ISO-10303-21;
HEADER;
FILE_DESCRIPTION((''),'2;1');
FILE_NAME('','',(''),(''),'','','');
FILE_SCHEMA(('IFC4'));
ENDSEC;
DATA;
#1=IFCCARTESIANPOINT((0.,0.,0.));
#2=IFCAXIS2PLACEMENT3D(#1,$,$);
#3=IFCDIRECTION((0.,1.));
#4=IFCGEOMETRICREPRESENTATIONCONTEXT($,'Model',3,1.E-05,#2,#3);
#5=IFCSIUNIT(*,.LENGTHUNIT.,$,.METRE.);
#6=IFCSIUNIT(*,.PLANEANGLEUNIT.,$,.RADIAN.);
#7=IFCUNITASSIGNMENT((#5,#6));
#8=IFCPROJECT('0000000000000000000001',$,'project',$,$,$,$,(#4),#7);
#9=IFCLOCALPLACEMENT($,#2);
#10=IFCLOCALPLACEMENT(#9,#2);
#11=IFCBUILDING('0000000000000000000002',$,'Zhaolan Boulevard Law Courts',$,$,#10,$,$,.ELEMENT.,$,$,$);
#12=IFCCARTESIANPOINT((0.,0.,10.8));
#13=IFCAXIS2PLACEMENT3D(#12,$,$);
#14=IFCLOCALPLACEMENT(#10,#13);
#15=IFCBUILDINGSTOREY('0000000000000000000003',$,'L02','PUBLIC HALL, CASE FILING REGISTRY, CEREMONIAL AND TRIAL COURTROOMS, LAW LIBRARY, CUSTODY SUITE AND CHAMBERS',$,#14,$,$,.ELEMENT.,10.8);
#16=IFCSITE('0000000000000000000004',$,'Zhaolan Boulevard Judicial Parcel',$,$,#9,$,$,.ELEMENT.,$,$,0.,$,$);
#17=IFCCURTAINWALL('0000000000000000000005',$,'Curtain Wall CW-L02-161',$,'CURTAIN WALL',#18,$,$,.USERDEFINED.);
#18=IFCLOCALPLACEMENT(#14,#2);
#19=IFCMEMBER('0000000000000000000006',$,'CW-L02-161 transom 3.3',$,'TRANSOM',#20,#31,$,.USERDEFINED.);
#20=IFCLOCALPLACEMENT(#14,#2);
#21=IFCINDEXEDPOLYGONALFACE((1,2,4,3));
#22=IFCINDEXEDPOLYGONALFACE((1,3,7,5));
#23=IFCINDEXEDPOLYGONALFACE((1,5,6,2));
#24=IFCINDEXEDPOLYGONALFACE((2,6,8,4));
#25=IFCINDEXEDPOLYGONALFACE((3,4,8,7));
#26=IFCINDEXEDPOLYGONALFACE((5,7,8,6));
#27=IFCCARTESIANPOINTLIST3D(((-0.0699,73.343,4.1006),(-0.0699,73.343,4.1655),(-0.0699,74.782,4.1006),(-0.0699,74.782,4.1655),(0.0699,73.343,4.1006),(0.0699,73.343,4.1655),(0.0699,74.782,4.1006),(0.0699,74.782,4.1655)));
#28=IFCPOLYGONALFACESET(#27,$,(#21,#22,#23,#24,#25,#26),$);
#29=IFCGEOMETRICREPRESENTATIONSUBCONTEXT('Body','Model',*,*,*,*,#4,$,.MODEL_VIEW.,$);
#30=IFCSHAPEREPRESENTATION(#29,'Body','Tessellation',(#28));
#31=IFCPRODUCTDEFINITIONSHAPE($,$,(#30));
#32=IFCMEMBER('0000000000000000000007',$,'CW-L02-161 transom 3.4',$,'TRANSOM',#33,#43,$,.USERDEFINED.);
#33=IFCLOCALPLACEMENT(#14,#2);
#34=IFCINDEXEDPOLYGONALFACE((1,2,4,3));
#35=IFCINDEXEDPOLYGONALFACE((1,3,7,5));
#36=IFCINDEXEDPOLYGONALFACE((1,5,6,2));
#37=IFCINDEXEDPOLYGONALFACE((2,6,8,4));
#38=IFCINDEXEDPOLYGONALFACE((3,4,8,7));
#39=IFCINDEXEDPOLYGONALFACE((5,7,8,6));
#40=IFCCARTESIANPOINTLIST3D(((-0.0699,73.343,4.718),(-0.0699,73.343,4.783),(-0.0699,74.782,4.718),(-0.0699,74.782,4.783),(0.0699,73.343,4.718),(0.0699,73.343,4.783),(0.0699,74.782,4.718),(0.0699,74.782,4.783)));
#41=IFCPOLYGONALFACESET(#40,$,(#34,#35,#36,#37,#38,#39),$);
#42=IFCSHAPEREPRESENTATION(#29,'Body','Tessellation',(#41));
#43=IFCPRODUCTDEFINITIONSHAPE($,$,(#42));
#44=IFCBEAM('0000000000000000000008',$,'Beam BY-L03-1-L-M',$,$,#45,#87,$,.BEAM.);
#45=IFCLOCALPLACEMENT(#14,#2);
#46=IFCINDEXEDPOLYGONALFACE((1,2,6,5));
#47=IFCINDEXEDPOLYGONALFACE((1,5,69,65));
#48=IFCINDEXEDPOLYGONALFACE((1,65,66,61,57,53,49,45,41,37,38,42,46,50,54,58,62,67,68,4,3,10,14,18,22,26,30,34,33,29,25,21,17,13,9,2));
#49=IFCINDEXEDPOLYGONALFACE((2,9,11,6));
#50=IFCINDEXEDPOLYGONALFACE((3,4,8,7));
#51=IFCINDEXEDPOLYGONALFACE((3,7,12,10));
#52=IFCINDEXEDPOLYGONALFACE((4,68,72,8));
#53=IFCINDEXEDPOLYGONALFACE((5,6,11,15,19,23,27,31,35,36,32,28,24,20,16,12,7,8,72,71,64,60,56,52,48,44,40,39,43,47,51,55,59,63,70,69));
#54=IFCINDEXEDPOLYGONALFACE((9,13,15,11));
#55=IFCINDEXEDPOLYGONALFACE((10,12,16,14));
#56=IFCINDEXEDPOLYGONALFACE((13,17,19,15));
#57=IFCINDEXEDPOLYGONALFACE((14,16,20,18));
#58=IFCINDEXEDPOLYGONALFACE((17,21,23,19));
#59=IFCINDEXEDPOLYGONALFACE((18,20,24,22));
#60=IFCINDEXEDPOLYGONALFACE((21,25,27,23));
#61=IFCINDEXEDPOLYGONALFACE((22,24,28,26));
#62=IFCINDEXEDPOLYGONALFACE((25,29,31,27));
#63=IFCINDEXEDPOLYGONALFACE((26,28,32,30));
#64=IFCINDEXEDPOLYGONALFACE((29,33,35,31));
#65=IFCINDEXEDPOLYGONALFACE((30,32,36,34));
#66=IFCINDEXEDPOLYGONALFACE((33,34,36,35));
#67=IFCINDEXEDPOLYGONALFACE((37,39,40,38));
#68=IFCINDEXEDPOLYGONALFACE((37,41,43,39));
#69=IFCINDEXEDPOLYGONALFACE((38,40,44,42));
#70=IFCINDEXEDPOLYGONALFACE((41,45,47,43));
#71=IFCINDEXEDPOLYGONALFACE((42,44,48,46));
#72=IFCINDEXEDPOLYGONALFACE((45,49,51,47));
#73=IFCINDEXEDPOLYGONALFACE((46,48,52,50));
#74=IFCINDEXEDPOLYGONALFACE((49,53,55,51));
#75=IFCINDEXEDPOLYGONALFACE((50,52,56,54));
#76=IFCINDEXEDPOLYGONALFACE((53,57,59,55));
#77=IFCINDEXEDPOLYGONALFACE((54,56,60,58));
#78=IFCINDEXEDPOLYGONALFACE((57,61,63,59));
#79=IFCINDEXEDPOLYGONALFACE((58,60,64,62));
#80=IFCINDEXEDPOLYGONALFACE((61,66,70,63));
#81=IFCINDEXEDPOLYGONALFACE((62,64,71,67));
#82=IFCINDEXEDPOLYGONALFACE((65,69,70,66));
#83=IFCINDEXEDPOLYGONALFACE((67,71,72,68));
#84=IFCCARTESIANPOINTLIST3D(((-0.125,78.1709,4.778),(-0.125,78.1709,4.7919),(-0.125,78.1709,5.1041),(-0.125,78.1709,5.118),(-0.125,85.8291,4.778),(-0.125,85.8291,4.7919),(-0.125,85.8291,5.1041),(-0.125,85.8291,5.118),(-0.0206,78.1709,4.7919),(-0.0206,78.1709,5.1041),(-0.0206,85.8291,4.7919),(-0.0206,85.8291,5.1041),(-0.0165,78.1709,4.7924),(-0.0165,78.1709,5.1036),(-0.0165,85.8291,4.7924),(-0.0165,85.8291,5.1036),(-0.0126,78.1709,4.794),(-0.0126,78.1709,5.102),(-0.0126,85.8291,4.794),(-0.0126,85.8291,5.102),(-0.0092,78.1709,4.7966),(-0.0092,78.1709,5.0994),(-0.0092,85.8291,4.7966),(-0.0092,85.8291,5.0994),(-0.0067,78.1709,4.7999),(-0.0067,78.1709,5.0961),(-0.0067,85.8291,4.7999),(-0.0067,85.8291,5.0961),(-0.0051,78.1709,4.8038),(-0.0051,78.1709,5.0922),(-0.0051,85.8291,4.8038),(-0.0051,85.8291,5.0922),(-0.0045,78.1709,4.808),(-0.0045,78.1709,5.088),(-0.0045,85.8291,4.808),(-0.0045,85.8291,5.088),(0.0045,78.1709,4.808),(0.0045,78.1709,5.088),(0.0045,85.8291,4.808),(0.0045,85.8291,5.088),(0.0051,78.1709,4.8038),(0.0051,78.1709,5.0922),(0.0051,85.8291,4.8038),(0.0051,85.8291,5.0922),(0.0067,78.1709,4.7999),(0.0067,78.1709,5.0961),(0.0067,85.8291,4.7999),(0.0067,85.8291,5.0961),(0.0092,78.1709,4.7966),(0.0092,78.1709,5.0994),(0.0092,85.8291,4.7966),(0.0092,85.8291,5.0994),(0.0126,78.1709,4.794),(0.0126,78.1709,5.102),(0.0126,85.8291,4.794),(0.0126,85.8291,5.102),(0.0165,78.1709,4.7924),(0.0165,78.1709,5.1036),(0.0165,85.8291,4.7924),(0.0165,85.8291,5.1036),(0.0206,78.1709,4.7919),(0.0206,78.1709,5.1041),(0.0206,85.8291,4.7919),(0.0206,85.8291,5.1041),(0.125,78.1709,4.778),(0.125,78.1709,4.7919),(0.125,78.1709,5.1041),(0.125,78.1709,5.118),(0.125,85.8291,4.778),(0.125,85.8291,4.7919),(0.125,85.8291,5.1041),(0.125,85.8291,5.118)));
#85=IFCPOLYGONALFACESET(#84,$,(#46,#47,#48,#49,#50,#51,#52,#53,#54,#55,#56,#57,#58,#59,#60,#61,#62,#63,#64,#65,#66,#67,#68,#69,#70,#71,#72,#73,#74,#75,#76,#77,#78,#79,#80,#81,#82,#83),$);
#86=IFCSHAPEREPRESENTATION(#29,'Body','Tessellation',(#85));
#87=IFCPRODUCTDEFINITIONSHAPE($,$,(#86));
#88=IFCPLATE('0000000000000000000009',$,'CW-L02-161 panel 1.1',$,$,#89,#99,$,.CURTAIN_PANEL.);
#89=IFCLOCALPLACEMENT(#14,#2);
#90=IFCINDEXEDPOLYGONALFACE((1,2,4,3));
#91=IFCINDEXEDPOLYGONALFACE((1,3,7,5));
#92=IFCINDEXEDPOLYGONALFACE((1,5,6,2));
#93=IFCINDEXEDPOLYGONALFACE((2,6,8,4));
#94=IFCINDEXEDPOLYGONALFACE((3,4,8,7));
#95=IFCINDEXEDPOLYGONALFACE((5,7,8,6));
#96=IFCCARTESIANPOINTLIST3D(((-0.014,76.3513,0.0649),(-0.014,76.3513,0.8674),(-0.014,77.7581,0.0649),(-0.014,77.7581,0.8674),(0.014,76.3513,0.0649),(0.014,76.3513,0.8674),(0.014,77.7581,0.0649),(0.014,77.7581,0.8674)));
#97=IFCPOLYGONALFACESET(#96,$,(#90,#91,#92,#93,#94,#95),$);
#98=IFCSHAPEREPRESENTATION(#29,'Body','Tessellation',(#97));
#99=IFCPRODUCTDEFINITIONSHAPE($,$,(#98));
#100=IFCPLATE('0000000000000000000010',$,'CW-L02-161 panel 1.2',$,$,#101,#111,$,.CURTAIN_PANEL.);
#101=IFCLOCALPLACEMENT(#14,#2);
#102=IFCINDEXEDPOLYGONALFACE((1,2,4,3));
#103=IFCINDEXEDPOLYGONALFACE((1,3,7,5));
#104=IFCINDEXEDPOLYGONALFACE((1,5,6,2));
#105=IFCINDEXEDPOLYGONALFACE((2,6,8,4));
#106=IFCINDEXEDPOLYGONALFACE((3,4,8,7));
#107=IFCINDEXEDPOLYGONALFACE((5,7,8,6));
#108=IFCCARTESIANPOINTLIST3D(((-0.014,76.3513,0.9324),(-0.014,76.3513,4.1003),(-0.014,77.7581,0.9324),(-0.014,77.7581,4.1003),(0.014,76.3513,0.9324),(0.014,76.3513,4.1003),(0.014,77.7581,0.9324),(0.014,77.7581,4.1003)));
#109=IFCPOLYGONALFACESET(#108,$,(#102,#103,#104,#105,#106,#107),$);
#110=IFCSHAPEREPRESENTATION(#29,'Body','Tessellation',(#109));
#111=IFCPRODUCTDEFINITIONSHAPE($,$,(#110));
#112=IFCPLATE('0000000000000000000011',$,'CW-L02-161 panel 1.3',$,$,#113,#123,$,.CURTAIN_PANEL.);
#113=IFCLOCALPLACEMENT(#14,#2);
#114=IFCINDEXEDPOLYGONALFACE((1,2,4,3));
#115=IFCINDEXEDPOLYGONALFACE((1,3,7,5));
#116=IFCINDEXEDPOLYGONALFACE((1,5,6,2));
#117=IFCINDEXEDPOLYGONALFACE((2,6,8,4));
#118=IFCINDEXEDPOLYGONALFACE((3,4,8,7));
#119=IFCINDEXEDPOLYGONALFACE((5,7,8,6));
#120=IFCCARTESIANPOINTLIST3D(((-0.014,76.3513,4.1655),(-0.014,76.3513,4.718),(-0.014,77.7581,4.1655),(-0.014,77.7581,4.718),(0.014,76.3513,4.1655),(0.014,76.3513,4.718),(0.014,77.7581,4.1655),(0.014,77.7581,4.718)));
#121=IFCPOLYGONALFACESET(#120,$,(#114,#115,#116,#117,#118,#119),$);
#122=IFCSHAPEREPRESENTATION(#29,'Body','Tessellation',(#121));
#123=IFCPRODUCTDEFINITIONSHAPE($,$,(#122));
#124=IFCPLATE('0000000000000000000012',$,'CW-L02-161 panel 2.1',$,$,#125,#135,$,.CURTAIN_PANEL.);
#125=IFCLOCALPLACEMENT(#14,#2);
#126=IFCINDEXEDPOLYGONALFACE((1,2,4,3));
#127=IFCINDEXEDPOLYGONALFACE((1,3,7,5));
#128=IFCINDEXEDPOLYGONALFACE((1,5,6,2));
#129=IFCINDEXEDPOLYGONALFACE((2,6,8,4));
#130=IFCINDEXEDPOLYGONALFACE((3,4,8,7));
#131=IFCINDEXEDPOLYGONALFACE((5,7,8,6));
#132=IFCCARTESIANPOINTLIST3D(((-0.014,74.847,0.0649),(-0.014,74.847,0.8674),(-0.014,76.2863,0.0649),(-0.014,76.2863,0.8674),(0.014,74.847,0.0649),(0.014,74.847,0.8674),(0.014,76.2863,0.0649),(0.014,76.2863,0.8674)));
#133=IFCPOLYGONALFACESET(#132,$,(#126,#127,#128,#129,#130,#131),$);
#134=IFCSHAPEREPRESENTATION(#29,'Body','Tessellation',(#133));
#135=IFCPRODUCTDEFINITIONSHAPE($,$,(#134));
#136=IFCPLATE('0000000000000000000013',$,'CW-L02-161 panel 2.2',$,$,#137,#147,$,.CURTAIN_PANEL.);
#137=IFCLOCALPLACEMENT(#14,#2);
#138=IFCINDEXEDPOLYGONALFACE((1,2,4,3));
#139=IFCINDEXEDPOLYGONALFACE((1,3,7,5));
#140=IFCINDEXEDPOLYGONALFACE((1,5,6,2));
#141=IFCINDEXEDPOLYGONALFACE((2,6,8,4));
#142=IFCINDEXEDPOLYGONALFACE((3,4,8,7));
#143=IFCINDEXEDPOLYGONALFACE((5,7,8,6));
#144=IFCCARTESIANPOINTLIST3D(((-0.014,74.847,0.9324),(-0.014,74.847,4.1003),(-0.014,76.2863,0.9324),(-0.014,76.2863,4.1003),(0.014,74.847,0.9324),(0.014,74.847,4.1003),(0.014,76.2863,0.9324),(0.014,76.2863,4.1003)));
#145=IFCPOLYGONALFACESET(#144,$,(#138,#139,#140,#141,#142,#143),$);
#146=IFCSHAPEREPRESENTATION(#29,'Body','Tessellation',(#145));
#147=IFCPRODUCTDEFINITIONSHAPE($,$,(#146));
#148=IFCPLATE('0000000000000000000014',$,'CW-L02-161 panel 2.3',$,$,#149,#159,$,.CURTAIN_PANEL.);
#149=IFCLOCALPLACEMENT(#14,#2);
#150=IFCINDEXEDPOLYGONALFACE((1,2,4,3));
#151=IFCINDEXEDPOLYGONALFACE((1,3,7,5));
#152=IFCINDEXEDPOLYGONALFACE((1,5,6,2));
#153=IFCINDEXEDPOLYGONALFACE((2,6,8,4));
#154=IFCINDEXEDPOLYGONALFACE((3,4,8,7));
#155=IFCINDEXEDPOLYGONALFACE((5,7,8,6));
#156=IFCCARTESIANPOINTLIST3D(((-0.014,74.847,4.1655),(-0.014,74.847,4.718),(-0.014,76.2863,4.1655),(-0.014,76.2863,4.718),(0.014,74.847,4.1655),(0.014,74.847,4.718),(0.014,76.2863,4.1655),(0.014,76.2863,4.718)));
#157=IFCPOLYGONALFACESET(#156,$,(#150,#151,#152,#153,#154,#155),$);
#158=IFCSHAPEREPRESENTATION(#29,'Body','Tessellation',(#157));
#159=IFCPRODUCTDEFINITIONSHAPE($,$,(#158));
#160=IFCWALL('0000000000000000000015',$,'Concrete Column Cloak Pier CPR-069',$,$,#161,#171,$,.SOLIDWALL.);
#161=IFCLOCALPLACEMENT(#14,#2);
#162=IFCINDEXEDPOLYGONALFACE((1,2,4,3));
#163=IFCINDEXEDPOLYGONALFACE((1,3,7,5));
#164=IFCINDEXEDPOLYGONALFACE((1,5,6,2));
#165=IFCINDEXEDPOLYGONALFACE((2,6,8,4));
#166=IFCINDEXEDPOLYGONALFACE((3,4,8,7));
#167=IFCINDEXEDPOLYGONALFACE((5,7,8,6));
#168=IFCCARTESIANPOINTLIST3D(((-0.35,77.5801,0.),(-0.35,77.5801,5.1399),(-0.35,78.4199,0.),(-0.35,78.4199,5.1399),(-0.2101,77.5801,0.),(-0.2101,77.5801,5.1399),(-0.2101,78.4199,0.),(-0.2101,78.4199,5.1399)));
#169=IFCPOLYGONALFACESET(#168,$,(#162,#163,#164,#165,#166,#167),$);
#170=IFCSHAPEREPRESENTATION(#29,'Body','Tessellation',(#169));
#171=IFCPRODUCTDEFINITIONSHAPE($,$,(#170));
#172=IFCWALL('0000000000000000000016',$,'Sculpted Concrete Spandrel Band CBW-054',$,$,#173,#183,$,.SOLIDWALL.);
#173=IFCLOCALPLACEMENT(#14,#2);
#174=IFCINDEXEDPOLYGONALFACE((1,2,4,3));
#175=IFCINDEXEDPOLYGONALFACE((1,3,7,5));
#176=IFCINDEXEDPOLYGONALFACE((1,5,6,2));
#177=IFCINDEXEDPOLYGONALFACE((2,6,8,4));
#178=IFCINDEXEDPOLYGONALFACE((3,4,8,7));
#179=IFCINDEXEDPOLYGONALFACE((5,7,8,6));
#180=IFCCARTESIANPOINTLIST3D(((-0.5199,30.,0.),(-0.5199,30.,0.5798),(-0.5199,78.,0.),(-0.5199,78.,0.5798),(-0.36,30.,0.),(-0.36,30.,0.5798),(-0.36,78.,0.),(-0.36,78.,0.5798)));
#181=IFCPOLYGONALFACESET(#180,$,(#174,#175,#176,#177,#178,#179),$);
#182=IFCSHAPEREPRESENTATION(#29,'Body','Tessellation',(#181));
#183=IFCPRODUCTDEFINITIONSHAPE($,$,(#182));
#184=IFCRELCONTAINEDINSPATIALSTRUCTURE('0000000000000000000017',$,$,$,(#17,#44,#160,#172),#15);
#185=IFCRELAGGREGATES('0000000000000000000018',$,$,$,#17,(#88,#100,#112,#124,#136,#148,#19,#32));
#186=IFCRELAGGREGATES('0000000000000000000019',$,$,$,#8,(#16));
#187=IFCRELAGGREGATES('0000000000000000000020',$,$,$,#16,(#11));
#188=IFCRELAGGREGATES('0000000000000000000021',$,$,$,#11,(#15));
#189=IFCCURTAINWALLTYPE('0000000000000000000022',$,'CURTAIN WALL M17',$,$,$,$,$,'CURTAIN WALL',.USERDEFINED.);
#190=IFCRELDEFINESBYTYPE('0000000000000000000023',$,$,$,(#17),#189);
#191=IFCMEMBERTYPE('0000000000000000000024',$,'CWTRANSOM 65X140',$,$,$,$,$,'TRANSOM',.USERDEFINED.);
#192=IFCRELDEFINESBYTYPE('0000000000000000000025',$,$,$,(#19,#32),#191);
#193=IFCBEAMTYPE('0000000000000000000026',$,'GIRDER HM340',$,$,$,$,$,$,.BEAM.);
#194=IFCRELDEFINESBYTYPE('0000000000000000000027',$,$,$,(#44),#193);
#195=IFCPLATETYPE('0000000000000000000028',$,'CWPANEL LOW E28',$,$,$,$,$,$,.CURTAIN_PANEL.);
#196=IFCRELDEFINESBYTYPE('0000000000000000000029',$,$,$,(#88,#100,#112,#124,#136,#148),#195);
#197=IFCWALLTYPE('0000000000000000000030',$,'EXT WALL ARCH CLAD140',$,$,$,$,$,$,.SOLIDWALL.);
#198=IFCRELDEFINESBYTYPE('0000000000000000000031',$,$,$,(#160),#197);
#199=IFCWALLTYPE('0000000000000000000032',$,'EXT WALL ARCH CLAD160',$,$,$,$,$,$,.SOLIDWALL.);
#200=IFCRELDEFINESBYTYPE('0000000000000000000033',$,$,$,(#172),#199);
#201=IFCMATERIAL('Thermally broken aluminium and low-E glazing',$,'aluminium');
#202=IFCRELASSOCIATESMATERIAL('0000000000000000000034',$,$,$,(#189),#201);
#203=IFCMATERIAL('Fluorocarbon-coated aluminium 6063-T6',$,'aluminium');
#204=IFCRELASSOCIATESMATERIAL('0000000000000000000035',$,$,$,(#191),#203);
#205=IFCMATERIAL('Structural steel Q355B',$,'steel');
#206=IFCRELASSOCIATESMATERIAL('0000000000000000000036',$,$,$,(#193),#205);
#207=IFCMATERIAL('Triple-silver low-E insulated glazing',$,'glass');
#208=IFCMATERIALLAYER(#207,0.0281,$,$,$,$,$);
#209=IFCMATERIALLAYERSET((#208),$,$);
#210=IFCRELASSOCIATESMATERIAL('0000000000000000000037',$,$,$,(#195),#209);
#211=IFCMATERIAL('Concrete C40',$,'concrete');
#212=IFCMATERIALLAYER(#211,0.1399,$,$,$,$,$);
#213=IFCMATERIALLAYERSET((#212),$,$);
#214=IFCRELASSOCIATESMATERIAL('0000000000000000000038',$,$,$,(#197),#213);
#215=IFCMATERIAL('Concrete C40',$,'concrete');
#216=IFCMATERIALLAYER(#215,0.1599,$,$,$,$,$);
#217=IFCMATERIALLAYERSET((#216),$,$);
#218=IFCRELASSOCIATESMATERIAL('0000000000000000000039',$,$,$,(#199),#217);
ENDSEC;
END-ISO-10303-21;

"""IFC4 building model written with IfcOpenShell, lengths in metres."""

from ifc_helpers import new_model, si_unit, direction, frame, frame_2d, origin, origin_2d, place, context, subcontext, project, spatial, rectangle, i_section, extrude, material, layer, layer_set, material_profile, profile_set, type_object, element, aggregate, save


model = new_model("IFC4")

# Units and contexts
model_context = context("Model", 3, precision=1e-05, world=origin(), true_north=direction((0.0, 1.0)))
body_context = subcontext(model_context, "Body", "Model", "MODEL_VIEW")
ifc_project = project(units=[si_unit("LENGTHUNIT", "METRE"), si_unit("PLANEANGLEUNIT", "RADIAN")], contexts=[model_context])

# Site, building, storey
site_placement = place(None, origin())
site = spatial("IfcSite", under=ifc_project, at=site_placement, Name="Zhaolan Boulevard Judicial Parcel", CompositionType="ELEMENT", RefElevation=0.0)
building_placement = place(site_placement, origin())
building = spatial("IfcBuilding", under=site, at=building_placement, Name="Zhaolan Boulevard Law Courts", CompositionType="ELEMENT")
storey_placement = place(building_placement, frame((0.0, 0.0, 10.8)))
storey = spatial("IfcBuildingStorey", under=building, at=storey_placement, Name="L02", Description="PUBLIC HALL, CASE FILING REGISTRY, CEREMONIAL AND TRIAL COURTROOMS, LAW LIBRARY, CUSTODY SUITE AND CHAMBERS", CompositionType="ELEMENT", Elevation=10.8)

# Curtain wall, members
ifc_material_1 = material(Name="Thermally broken aluminium and low-E glazing", Category="aluminium")
curtain_wall_type = type_object("IfcCurtainWallType", Name="CURTAIN WALL M17", ElementType="CURTAIN WALL", PredefinedType="USERDEFINED", material=ifc_material_1)
curtain_wall_placement = place(storey_placement, origin())
curtain_wall = element("IfcCurtainWall", 1, at=curtain_wall_placement, inside=storey, type_object=curtain_wall_type, Name="Curtain Wall CW-L02-161", ObjectType="CURTAIN WALL", PredefinedType="USERDEFINED")
ifc_material_2 = material(Name="Fluorocarbon-coated aluminium 6063-T6", Category="aluminium")
ifc_material_profile_1 = material_profile(ifc_material_2, rectangle(XDim=0.1399, YDim=0.0649, at=origin_2d()), Name="AL65x140")
ifc_profile_set_1 = profile_set([ifc_material_profile_1], Name="Fluorocarbon-coated aluminium 6063-T6")
member_type_1 = type_object("IfcMemberType", Name="CWTRANSOM 65X140", ElementType="TRANSOM", PredefinedType="USERDEFINED", material=ifc_profile_set_1)
member_1_placement = place(storey_placement, frame((0.0, 74.782, 4.1331), z_axis=(0.0, -1.0, 0.0), x_axis=(1.0, 0.0, 0.0)))
member_1 = element("IfcMember", 2, at=member_1_placement, type_object=member_type_1, Name="CW-L02-161 transom 3.3", ObjectType="TRANSOM", PredefinedType="USERDEFINED", context=body_context, shape_type="SweptSolid", body=[
    extrude(rectangle(XDim=0.1399, YDim=0.0649, at=origin_2d()), origin(), (0.0, 0.0, 1.0), 1.439),
])
member_2_placement = place(storey_placement, frame((0.0, 74.782, 4.7505), z_axis=(0.0, -1.0, 0.0), x_axis=(1.0, 0.0, 0.0)))
member_2 = element("IfcMember", 3, at=member_2_placement, type_object=member_type_1, Name="CW-L02-161 transom 3.4", ObjectType="TRANSOM", PredefinedType="USERDEFINED", context=body_context, shape_type="SweptSolid", body=[
    extrude(rectangle(XDim=0.1399, YDim=0.0649, at=origin_2d()), origin(), (0.0, 0.0, 1.0), 1.439),
])

# Beam
ifc_material_3 = material(Name="Structural steel Q355B", Category="steel")
ifc_material_profile_2 = material_profile(ifc_material_3, i_section(OverallWidth=0.25, OverallDepth=0.3401, WebThickness=0.009, FlangeThickness=0.0139, FilletRadius=0.0161, at=origin_2d()), Name="HM340x250")
ifc_profile_set_2 = profile_set([ifc_material_profile_2], Name="Structural steel Q355B")
beam_type = type_object("IfcBeamType", Name="GIRDER HM340", PredefinedType="BEAM", material=ifc_profile_set_2)
beam_placement = place(storey_placement, frame((0.0, 78.1709, 4.948), z_axis=(0.0, 1.0, 0.0), x_axis=(-1.0, 0.0, 0.0)))
element("IfcBeam", 4, at=beam_placement, inside=storey, type_object=beam_type, Name="Beam BY-L03-1-L-M", PredefinedType="BEAM", context=body_context, shape_type="SweptSolid", body=[
    extrude(i_section(OverallWidth=0.25, OverallDepth=0.3401, WebThickness=0.009, FlangeThickness=0.0139, FilletRadius=0.0161, at=origin_2d()), origin(), (0.0, 0.0, 1.0), 7.6582),
])

# Plates
ifc_material_4 = material(Name="Triple-silver low-E insulated glazing", Category="glass")
ifc_layer_1 = layer(ifc_material_4, 0.0281)
ifc_layer_set_1 = layer_set([ifc_layer_1])
plate_type = type_object("IfcPlateType", Name="CWPANEL LOW E28", PredefinedType="CURTAIN_PANEL", material=ifc_layer_set_1)
plate_1_placement = place(storey_placement, frame((0.0, 77.0547, 0.0649), z_axis=(0.0, 0.0, 1.0), x_axis=(0.0, -1.0, 0.0)))
plate_1 = element("IfcPlate", 5, at=plate_1_placement, type_object=plate_type, Name="CW-L02-161 panel 1.1", PredefinedType="CURTAIN_PANEL", context=body_context, shape_type="SweptSolid", body=[
    extrude(rectangle(XDim=1.4067, YDim=0.0281, at=origin_2d()), origin(), (0.0, 0.0, 1.0), 0.8025),
])
plate_2_placement = place(storey_placement, frame((0.0, 77.0547, 0.9324), z_axis=(0.0, 0.0, 1.0), x_axis=(0.0, -1.0, 0.0)))
plate_2 = element("IfcPlate", 6, at=plate_2_placement, type_object=plate_type, Name="CW-L02-161 panel 1.2", PredefinedType="CURTAIN_PANEL", context=body_context, shape_type="SweptSolid", body=[
    extrude(rectangle(XDim=1.4067, YDim=0.0281, at=origin_2d()), origin(), (0.0, 0.0, 1.0), 3.168),
])
plate_3_placement = place(storey_placement, frame((0.0, 77.0547, 4.1655), z_axis=(0.0, 0.0, 1.0), x_axis=(0.0, -1.0, 0.0)))
plate_3 = element("IfcPlate", 7, at=plate_3_placement, type_object=plate_type, Name="CW-L02-161 panel 1.3", PredefinedType="CURTAIN_PANEL", context=body_context, shape_type="SweptSolid", body=[
    extrude(rectangle(XDim=1.4067, YDim=0.0281, at=origin_2d()), origin(), (0.0, 0.0, 1.0), 0.5525),
])
plate_4_placement = place(storey_placement, frame((0.0, 75.5667, 0.0649), z_axis=(0.0, 0.0, 1.0), x_axis=(0.0, -1.0, 0.0)))
plate_4 = element("IfcPlate", 8, at=plate_4_placement, type_object=plate_type, Name="CW-L02-161 panel 2.1", PredefinedType="CURTAIN_PANEL", context=body_context, shape_type="SweptSolid", body=[
    extrude(rectangle(XDim=1.4392, YDim=0.0281, at=origin_2d()), origin(), (0.0, 0.0, 1.0), 0.8025),
])
plate_5_placement = place(storey_placement, frame((0.0, 75.5667, 0.9324), z_axis=(0.0, 0.0, 1.0), x_axis=(0.0, -1.0, 0.0)))
plate_5 = element("IfcPlate", 9, at=plate_5_placement, type_object=plate_type, Name="CW-L02-161 panel 2.2", PredefinedType="CURTAIN_PANEL", context=body_context, shape_type="SweptSolid", body=[
    extrude(rectangle(XDim=1.4392, YDim=0.0281, at=origin_2d()), origin(), (0.0, 0.0, 1.0), 3.168),
])
plate_6_placement = place(storey_placement, frame((0.0, 75.5667, 4.1655), z_axis=(0.0, 0.0, 1.0), x_axis=(0.0, -1.0, 0.0)))
plate_6 = element("IfcPlate", 10, at=plate_6_placement, type_object=plate_type, Name="CW-L02-161 panel 2.3", PredefinedType="CURTAIN_PANEL", context=body_context, shape_type="SweptSolid", body=[
    extrude(rectangle(XDim=1.4392, YDim=0.0281, at=origin_2d()), origin(), (0.0, 0.0, 1.0), 0.5525),
])
aggregate(curtain_wall, [plate_1, plate_2, plate_3, plate_4, plate_5, plate_6, member_1, member_2])

# Walls
ifc_material_5 = material(Name="Concrete C40", Category="concrete")
ifc_layer_2 = layer(ifc_material_5, 0.1399)
ifc_layer_set_2 = layer_set([ifc_layer_2])
wall_type_1 = type_object("IfcWallType", Name="EXT WALL ARCH CLAD140", PredefinedType="SOLIDWALL", material=ifc_layer_set_2)
wall_1_placement = place(storey_placement, frame((-0.28, 77.5801, 0.0), z_axis=(0.0, 0.0, 1.0), x_axis=(0.0, 1.0, 0.0)))
element("IfcWall", 11, at=wall_1_placement, inside=storey, type_object=wall_type_1, Name="Concrete Column Cloak Pier CPR-069", PredefinedType="SOLIDWALL", context=body_context, shape_type="SweptSolid", body=[
    extrude(rectangle(XDim=0.8398, YDim=0.1399, at=frame_2d((0.4199, 0.0))), origin(), (0.0, 0.0, 1.0), 5.1399),
])
ifc_material_6 = material(Name="Concrete C40", Category="concrete")
ifc_layer_3 = layer(ifc_material_6, 0.1599)
ifc_layer_set_3 = layer_set([ifc_layer_3])
wall_type_2 = type_object("IfcWallType", Name="EXT WALL ARCH CLAD160", PredefinedType="SOLIDWALL", material=ifc_layer_set_3)
wall_2_placement = place(storey_placement, frame((-0.4399, 78.0, 0.0), z_axis=(0.0, 0.0, 1.0), x_axis=(0.0, -1.0, 0.0)))
element("IfcWall", 12, at=wall_2_placement, inside=storey, type_object=wall_type_2, Name="Sculpted Concrete Spandrel Band CBW-054", PredefinedType="SOLIDWALL", context=body_context, shape_type="SweptSolid", body=[
    extrude(rectangle(XDim=48.0, YDim=0.1599, at=frame_2d((24.0, 0.0))), origin(), (0.0, 0.0, 1.0), 0.5798),
])

save(model, "model.ifc")
